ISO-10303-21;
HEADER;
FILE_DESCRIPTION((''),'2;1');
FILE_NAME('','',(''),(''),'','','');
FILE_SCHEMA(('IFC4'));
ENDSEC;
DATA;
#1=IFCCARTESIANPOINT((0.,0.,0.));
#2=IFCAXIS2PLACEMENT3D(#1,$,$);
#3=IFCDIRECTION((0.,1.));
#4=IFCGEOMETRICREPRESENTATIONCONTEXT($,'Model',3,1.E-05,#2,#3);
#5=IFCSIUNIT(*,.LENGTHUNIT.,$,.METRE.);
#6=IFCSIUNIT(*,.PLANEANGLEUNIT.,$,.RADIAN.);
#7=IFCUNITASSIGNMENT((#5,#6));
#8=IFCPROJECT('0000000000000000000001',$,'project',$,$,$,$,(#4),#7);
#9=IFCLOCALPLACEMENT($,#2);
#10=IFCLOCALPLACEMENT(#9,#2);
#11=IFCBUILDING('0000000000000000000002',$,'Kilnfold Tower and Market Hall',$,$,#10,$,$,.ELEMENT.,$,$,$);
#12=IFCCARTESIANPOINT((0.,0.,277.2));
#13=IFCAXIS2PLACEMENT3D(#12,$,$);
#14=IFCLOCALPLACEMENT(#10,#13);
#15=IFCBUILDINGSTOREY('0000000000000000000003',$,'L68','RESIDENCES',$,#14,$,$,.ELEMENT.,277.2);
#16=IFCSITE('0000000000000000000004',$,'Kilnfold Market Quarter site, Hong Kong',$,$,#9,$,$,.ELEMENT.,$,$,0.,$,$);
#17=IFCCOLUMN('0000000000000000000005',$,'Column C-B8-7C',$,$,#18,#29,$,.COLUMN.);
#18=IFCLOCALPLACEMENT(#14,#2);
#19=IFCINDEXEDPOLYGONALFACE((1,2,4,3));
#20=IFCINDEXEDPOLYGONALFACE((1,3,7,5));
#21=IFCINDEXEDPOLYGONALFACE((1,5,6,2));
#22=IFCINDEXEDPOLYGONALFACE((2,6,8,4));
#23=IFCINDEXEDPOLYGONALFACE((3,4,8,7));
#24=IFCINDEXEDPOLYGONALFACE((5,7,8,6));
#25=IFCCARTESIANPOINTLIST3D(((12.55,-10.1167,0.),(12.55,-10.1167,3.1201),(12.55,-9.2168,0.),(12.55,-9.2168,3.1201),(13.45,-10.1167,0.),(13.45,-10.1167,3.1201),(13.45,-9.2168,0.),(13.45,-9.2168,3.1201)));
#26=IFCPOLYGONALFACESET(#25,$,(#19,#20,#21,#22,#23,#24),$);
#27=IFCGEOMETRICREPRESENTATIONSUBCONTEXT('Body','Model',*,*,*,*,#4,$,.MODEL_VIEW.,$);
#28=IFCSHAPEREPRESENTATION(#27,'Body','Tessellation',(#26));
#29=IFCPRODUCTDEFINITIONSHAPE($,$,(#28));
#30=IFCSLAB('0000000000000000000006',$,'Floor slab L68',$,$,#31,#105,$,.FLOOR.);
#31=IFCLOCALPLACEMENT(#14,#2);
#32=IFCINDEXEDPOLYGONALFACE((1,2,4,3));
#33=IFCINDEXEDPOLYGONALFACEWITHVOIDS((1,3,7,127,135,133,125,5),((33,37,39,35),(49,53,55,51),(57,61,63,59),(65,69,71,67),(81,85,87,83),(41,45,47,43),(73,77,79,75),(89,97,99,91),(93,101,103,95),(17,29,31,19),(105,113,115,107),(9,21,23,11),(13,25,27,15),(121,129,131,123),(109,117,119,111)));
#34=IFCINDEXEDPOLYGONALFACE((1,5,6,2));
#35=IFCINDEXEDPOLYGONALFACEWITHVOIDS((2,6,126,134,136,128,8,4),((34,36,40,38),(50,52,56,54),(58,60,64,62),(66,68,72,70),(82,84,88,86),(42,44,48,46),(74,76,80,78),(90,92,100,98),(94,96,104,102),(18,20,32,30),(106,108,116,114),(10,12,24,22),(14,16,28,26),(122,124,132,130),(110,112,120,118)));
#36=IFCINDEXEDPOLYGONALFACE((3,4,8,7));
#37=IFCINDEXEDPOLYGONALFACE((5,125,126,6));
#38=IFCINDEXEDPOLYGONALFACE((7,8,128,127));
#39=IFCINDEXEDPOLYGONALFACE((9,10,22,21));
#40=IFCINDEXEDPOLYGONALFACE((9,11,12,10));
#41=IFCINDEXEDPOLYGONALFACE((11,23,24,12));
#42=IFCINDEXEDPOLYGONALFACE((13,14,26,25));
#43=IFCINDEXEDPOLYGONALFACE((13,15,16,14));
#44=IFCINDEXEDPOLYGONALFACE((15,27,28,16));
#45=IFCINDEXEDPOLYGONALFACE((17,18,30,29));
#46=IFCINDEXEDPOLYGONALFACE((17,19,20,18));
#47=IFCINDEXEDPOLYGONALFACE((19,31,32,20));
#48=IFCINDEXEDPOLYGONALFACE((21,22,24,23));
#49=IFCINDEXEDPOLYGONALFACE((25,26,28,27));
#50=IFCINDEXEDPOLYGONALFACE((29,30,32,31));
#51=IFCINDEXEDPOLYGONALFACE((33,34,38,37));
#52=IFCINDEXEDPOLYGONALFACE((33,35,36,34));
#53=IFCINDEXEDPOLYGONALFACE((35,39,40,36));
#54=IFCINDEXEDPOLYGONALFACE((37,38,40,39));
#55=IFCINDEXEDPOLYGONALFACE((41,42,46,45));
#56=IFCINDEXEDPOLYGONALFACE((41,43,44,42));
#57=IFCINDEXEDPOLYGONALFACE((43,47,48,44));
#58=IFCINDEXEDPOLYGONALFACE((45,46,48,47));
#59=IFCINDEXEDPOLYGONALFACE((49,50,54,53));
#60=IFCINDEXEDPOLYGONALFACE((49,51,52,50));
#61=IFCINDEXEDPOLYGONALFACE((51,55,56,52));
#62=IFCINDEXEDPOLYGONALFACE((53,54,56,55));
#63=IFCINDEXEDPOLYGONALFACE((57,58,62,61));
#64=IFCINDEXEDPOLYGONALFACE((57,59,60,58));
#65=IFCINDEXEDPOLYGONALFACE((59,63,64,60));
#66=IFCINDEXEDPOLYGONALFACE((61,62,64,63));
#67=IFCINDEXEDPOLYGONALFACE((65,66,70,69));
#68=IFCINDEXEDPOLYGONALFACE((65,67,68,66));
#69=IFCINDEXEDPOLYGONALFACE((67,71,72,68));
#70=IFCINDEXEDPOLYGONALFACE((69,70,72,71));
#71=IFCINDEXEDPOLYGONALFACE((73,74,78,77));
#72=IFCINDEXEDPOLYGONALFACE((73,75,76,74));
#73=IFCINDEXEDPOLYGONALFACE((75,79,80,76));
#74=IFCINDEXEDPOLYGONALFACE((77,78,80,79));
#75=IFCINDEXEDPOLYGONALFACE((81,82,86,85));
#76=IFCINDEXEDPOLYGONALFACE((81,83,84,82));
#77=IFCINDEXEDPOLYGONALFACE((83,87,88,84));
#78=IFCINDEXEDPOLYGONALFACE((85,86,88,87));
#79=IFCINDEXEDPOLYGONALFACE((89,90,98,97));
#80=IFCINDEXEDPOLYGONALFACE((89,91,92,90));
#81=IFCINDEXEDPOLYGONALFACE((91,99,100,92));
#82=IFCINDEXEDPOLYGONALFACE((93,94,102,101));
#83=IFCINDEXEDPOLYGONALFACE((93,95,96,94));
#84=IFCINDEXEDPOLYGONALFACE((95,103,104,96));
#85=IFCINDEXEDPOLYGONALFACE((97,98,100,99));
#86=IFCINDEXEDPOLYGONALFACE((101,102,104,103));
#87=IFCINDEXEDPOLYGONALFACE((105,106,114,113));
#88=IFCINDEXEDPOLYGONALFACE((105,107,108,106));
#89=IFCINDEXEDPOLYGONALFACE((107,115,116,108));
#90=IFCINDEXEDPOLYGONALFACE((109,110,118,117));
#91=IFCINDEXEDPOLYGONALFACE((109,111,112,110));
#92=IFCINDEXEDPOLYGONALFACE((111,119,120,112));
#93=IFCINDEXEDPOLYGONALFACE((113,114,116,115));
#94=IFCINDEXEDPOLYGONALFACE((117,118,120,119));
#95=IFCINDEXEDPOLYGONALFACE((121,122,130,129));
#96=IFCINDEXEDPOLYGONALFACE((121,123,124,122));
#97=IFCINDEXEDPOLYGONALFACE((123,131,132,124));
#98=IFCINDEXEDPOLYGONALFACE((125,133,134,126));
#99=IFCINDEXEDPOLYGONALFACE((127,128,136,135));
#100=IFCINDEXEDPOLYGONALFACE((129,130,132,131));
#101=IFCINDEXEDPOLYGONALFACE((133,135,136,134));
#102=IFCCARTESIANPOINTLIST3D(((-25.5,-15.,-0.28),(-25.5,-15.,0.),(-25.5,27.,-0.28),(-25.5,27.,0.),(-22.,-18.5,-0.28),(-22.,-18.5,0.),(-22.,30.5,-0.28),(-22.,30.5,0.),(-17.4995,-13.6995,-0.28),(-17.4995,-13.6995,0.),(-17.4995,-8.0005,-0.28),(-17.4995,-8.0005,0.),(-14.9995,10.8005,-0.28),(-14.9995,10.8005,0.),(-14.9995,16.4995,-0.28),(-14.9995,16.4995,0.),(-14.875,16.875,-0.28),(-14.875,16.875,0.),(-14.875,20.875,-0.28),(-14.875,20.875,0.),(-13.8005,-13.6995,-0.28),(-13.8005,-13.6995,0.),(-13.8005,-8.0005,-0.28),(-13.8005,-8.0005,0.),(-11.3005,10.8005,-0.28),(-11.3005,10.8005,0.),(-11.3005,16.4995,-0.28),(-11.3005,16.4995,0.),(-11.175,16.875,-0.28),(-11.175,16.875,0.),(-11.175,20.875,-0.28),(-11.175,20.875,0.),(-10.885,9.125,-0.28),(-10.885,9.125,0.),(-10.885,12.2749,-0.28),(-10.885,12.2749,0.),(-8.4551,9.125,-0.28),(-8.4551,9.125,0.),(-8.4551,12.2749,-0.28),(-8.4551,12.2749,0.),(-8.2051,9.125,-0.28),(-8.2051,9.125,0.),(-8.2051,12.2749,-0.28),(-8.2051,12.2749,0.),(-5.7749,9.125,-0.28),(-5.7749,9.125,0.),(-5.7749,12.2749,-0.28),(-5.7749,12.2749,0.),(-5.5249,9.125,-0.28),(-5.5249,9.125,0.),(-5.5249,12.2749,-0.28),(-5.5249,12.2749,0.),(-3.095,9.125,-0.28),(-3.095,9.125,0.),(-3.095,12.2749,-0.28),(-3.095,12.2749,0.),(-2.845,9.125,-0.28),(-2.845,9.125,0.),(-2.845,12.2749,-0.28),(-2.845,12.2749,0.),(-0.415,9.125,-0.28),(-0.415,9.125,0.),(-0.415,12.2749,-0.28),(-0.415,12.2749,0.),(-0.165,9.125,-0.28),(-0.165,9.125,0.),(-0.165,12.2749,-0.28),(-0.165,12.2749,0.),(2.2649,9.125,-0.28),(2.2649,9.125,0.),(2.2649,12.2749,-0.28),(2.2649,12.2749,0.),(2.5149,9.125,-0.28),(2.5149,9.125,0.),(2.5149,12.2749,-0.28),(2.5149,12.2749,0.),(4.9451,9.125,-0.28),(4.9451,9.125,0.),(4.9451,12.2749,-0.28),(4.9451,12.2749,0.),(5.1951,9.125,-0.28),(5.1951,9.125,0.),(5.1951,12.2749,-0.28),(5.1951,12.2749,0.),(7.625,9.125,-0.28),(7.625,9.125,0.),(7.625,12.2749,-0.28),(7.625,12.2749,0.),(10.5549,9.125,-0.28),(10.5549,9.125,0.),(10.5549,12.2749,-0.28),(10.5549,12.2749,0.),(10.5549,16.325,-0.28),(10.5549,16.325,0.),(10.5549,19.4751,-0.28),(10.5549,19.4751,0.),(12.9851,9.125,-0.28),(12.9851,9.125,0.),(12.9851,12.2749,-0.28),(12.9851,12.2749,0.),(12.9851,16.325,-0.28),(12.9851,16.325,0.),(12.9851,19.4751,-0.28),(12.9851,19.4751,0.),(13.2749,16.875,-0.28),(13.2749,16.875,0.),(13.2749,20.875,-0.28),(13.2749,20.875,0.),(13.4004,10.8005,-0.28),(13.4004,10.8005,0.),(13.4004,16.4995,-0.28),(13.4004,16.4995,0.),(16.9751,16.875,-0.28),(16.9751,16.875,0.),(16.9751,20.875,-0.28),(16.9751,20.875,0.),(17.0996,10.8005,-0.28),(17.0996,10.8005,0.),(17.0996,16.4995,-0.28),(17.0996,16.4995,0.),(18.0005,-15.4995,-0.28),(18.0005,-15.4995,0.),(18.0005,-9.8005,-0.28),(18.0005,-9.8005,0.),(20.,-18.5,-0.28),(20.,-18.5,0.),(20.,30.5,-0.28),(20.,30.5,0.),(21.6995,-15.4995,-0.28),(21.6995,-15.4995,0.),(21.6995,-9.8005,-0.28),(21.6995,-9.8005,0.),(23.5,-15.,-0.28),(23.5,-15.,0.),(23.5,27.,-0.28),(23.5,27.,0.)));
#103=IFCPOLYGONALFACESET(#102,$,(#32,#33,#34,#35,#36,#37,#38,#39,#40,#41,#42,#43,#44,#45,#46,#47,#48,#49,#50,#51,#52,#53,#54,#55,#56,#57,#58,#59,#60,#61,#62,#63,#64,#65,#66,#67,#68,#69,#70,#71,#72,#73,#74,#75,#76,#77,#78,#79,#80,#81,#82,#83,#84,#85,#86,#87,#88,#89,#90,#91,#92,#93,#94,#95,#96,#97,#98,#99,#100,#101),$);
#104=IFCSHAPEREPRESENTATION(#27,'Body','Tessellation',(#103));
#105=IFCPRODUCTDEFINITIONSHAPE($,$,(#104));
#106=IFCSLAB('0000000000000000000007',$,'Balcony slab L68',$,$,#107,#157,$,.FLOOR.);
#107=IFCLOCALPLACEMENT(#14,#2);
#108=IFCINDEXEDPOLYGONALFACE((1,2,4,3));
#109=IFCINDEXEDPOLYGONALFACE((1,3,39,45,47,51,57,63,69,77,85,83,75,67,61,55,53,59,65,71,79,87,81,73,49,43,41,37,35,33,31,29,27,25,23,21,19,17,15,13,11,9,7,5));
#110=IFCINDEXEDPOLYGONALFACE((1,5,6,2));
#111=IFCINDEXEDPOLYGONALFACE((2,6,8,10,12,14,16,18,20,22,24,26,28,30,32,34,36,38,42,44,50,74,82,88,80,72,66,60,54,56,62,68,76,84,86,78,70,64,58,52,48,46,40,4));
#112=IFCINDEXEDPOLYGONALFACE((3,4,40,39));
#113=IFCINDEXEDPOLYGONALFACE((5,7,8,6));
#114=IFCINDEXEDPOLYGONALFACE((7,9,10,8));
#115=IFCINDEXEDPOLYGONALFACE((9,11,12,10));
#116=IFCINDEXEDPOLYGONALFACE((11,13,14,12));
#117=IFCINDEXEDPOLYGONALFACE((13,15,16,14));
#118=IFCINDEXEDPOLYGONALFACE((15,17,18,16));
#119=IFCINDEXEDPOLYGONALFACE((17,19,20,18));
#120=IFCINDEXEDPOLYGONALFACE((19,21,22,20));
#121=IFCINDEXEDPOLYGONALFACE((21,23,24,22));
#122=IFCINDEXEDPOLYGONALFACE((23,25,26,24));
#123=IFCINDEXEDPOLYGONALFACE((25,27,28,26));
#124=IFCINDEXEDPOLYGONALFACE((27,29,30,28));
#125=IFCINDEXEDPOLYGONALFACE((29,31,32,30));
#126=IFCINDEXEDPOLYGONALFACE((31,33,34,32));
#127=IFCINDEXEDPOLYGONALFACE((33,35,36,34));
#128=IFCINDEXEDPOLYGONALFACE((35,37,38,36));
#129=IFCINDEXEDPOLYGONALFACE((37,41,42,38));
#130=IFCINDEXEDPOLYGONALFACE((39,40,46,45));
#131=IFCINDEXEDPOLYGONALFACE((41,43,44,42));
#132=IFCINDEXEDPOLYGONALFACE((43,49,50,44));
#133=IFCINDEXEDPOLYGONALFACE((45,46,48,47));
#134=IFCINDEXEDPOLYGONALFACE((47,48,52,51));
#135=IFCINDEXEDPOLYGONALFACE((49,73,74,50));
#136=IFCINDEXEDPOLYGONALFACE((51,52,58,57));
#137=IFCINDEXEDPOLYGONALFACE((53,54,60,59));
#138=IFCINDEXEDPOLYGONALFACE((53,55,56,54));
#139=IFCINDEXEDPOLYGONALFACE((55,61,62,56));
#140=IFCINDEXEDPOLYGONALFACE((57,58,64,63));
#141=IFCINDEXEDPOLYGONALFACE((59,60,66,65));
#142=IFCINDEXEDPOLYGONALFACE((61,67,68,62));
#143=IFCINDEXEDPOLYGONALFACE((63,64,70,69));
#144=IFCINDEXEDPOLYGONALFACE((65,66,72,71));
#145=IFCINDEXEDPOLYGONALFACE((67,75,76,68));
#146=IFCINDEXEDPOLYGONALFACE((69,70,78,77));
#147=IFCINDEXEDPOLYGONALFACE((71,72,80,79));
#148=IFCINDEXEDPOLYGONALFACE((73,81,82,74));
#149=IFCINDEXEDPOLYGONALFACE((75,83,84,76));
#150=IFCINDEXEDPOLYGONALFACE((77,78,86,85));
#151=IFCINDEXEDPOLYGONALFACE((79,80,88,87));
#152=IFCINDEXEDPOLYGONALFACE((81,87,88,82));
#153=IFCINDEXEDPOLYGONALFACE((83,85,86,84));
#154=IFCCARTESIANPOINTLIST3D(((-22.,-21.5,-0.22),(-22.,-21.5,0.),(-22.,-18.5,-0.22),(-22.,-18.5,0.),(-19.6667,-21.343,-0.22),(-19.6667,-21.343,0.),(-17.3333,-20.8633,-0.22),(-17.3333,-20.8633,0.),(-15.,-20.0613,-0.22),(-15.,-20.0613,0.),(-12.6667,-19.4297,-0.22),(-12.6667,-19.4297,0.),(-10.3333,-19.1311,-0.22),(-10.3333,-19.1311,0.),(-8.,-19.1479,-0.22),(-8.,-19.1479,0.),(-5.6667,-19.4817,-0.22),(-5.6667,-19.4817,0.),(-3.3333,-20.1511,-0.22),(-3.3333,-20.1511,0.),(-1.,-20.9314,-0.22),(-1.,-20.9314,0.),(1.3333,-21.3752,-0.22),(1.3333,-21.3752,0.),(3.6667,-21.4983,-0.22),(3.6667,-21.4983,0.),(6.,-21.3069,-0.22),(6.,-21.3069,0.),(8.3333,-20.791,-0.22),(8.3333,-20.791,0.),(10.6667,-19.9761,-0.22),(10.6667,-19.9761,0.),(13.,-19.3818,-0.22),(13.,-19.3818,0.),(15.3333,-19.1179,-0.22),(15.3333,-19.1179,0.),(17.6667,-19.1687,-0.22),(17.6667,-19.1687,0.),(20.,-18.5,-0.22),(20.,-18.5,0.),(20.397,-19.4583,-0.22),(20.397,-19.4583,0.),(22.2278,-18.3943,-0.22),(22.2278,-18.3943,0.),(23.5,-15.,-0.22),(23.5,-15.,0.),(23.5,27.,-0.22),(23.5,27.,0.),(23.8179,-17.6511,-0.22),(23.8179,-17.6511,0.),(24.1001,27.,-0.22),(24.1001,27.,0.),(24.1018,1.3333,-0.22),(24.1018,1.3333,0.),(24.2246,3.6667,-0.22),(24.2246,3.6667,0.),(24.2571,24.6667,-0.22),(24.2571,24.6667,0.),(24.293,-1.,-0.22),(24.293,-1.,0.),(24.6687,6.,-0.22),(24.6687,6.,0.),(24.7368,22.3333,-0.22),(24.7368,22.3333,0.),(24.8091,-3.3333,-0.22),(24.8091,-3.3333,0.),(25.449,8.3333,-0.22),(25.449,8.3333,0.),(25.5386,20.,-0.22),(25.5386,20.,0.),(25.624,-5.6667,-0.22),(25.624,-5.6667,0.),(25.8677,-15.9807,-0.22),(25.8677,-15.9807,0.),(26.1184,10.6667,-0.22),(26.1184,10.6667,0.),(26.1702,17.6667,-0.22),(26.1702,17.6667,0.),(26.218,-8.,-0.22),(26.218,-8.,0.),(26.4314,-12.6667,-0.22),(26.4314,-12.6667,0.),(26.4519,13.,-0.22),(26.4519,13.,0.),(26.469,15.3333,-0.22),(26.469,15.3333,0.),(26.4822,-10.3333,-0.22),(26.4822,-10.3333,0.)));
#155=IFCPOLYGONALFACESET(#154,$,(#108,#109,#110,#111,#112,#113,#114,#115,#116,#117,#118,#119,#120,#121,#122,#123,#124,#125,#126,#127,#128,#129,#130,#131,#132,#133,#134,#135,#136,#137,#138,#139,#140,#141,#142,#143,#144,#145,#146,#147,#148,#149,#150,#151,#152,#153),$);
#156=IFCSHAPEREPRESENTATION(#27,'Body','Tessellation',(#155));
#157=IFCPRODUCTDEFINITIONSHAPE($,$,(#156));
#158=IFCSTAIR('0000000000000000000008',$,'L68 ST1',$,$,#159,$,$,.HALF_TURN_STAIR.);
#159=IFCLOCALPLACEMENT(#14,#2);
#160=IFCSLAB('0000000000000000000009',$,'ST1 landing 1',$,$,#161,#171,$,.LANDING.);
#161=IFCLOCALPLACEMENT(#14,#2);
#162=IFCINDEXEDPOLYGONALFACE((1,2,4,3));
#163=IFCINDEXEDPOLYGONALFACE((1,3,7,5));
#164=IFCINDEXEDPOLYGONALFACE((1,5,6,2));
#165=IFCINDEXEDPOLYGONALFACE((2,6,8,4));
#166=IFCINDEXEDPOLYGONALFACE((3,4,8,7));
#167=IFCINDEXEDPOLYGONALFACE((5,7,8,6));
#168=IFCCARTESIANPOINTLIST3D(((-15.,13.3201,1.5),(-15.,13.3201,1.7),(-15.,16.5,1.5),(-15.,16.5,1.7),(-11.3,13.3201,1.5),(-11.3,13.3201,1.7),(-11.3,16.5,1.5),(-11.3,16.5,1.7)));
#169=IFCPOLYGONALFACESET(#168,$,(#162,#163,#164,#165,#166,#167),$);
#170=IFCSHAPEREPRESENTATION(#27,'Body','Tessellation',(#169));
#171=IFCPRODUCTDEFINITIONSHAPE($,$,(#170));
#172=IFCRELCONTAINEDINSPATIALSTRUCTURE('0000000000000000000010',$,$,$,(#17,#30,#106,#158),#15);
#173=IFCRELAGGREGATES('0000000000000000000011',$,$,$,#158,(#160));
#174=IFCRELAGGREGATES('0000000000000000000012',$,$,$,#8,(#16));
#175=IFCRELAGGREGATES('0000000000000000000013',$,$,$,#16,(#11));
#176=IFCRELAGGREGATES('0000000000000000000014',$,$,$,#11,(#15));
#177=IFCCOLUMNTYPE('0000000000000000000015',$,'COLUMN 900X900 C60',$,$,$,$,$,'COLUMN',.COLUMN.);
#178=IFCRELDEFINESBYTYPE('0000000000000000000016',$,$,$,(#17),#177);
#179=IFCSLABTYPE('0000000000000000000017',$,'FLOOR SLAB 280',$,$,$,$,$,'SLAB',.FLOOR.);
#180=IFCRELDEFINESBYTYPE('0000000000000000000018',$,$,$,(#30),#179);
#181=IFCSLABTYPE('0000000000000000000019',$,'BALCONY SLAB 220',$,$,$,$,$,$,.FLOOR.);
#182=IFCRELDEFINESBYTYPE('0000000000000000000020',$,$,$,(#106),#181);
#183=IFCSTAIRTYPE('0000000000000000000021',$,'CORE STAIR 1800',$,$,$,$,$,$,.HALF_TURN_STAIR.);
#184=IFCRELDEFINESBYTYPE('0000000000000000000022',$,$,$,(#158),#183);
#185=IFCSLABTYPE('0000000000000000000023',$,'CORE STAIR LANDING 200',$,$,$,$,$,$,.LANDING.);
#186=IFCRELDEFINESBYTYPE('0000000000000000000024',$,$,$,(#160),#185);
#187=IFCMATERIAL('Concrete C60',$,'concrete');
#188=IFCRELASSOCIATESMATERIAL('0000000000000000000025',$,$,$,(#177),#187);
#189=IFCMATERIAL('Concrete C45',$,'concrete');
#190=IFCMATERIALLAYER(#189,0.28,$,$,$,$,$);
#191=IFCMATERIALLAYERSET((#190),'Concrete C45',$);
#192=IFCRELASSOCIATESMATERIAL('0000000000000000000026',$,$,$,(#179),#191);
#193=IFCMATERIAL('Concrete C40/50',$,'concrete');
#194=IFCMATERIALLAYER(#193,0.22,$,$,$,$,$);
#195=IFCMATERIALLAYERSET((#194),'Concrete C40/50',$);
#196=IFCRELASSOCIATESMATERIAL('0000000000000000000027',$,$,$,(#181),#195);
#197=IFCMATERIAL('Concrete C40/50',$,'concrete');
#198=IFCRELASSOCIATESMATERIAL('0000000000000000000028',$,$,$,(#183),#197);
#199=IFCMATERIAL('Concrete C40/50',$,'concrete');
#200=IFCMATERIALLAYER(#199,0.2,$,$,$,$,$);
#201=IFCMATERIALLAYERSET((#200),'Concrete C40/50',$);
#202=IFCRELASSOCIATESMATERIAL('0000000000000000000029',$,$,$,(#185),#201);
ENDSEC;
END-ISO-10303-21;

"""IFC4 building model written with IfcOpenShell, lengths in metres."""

from ifc_helpers import new_model, si_unit, direction, frame, origin, origin_2d, place, context, subcontext, project, spatial, polyline, rectangle, outline, extrude, source, transform, mapped, material, layer, layer_set, material_profile, profile_set, type_object, element, aggregate, save


model = new_model("IFC4")

# Units and contexts
model_context = context("Model", 3, precision=1e-05, world=origin(), true_north=direction((0.0, 1.0)))
body_context = subcontext(model_context, "Body", "Model", "MODEL_VIEW")
ifc_project = project(units=[si_unit("LENGTHUNIT", "METRE"), si_unit("PLANEANGLEUNIT", "RADIAN")], contexts=[model_context])

# Site, building, storey
site_placement = place(None, origin())
site = spatial("IfcSite", under=ifc_project, at=site_placement, Name="Kilnfold Market Quarter site, Hong Kong", CompositionType="ELEMENT", RefElevation=0.0)
building_placement = place(site_placement, origin())
building = spatial("IfcBuilding", under=site, at=building_placement, Name="Kilnfold Tower and Market Hall", CompositionType="ELEMENT")
storey_placement = place(building_placement, frame((0.0, 0.0, 277.2)))
storey = spatial("IfcBuildingStorey", under=building, at=storey_placement, Name="L68", Description="RESIDENCES", CompositionType="ELEMENT", Elevation=277.2)

# Column
ifc_material_1 = material(Name="Concrete C60", Category="concrete")
ifc_material_profile = material_profile(ifc_material_1, rectangle(XDim=0.8999, YDim=0.8999, at=origin_2d()), Name="RC 900x900")
ifc_profile_set = profile_set([ifc_material_profile], Name="Concrete C60")
column_type = type_object("IfcColumnType", Name="COLUMN 900X900 C60", ElementType="COLUMN", PredefinedType="COLUMN", material=ifc_profile_set)
shared_shape_1 = source(origin(), body_context, "Body", "SweptSolid", [
    extrude(rectangle(XDim=0.8999, YDim=0.8999, at=origin_2d()), origin(), (0.0, 0.0, 1.0), 3.1201),
])
column_placement = place(storey_placement, frame((13.0, -9.6667, 0.0), z_axis=(0.0, 0.0, 1.0), x_axis=(1.0, 0.0, 0.0)))
element("IfcColumn", 1, at=column_placement, inside=storey, type_object=column_type, Name="Column C-B8-7C", PredefinedType="COLUMN", context=body_context, shape_type="MappedRepresentation", body=[
    mapped(shared_shape_1, transform((0.0, 0.0, 0.0))),
])

# Slabs
ifc_material_2 = material(Name="Concrete C45", Category="concrete")
ifc_layer_1 = layer(ifc_material_2, 0.28)
ifc_layer_set_1 = layer_set([ifc_layer_1], Name="Concrete C45")
slab_type_1 = type_object("IfcSlabType", Name="FLOOR SLAB 280", ElementType="SLAB", PredefinedType="FLOOR", material=ifc_layer_set_1)
shared_shape_2 = source(origin(), body_context, "Body", "SweptSolid", [
    extrude(outline(polyline([(-22.0, -18.5), (20.0, -18.5), (23.5, -15.0), (23.5, 27.0), (20.0, 30.5), (-22.0, 30.5), (-25.5, 27.0), (-25.5, -15.0), (-22.0, -18.5)]), holes=[polyline([(-13.8005, -8.0005), (-13.8005, -13.6995), (-17.4995, -13.6995), (-17.4995, -8.0005), (-13.8005, -8.0005)]), polyline([(-11.3005, 10.8005), (-14.9995, 10.8005), (-14.9995, 16.4995), (-11.3005, 16.4995), (-11.3005, 10.8005)]), polyline([(-11.175, 16.875), (-14.875, 16.875), (-14.875, 20.875), (-11.175, 20.875), (-11.175, 16.875)]), polyline([(-8.4551, 9.125), (-10.885, 9.125), (-10.885, 12.2749), (-8.4551, 12.2749), (-8.4551, 9.125)]), polyline([(-5.7749, 9.125), (-8.2051, 9.125), (-8.2051, 12.2749), (-5.7749, 12.2749), (-5.7749, 9.125)]), polyline([(-3.095, 9.125), (-5.5249, 9.125), (-5.5249, 12.2749), (-3.095, 12.2749), (-3.095, 9.125)]), polyline([(-0.415, 9.125), (-2.845, 9.125), (-2.845, 12.2749), (-0.415, 12.2749), (-0.415, 9.125)]), polyline([(2.2649, 9.125), (-0.165, 9.125), (-0.165, 12.2749), (2.2649, 12.2749), (2.2649, 9.125)]), polyline([(4.9451, 9.125), (2.5149, 9.125), (2.5149, 12.2749), (4.9451, 12.2749), (4.9451, 9.125)]), polyline([(7.625, 9.125), (5.1951, 9.125), (5.1951, 12.2749), (7.625, 12.2749), (7.625, 9.125)]), polyline([(12.9851, 9.125), (10.5549, 9.125), (10.5549, 12.2749), (12.9851, 12.2749), (12.9851, 9.125)]), polyline([(12.9851, 16.325), (10.5549, 16.325), (10.5549, 19.4751), (12.9851, 19.4751), (12.9851, 16.325)]), polyline([(16.9751, 16.875), (13.2749, 16.875), (13.2749, 20.875), (16.9751, 20.875), (16.9751, 16.875)]), polyline([(17.0996, 10.8005), (13.4004, 10.8005), (13.4004, 16.4995), (17.0996, 16.4995), (17.0996, 10.8005)]), polyline([(18.0005, -9.8005), (21.6995, -9.8005), (21.6995, -15.4995), (18.0005, -15.4995), (18.0005, -9.8005)])]), origin(), (0.0, 0.0, 1.0), 0.28),
])
slab_1_placement = place(storey_placement, frame((0.0, 0.0, -0.28)))
element("IfcSlab", 2, at=slab_1_placement, inside=storey, type_object=slab_type_1, Name="Floor slab L68", PredefinedType="FLOOR", context=body_context, shape_type="MappedRepresentation", body=[
    mapped(shared_shape_2, transform((0.0, 0.0, 0.0))),
])
ifc_material_3 = material(Name="Concrete C40/50", Category="concrete")
ifc_layer_2 = layer(ifc_material_3, 0.22)
ifc_layer_set_2 = layer_set([ifc_layer_2], Name="Concrete C40/50")
slab_type_2 = type_object("IfcSlabType", Name="BALCONY SLAB 220", PredefinedType="FLOOR", material=ifc_layer_set_2)
shared_shape_3 = source(origin(), body_context, "Body", "SweptSolid", [
    extrude(outline(polyline([(-22.0, -18.5), (20.0, -18.5), (23.5, -15.0), (23.5, 27.0), (24.1001, 27.0), (24.2571, 24.6667), (24.7368, 22.3333), (25.5386, 20.0), (26.1702, 17.6667), (26.469, 15.3333), (26.4519, 13.0), (26.1184, 10.6667), (25.449, 8.3333), (24.6687, 6.0), (24.2246, 3.6667), (24.1018, 1.3333), (24.293, -1.0), (24.8091, -3.3333), (25.624, -5.6667), (26.218, -8.0), (26.4822, -10.3333), (26.4314, -12.6667), (25.8677, -15.9807), (23.8179, -17.6511), (22.2278, -18.3943), (20.397, -19.4583), (17.6667, -19.1687), (15.3333, -19.1179), (13.0, -19.3818), (10.6667, -19.9761), (8.3333, -20.791), (6.0, -21.3069), (3.6667, -21.4983), (1.3333, -21.3752), (-1.0, -20.9314), (-3.3333, -20.1511), (-5.6667, -19.4817), (-8.0, -19.1479), (-10.3333, -19.1311), (-12.6667, -19.4297), (-15.0, -20.0613), (-17.3333, -20.8633), (-19.6667, -21.343), (-22.0, -21.5), (-22.0, -18.5)])), origin(), (0.0, 0.0, 1.0), 0.22),
])
slab_2_placement = place(storey_placement, frame((0.0, 0.0, -0.22)))
element("IfcSlab", 3, at=slab_2_placement, inside=storey, type_object=slab_type_2, Name="Balcony slab L68", PredefinedType="FLOOR", context=body_context, shape_type="MappedRepresentation", body=[
    mapped(shared_shape_3, transform((0.0, 0.0, 0.0))),
])

# Stair, slab
ifc_material_4 = material(Name="Concrete C40/50", Category="concrete")
stair_type = type_object("IfcStairType", Name="CORE STAIR 1800", PredefinedType="HALF_TURN_STAIR", material=ifc_material_4)
stair_1_placement = place(storey_placement, origin())
stair_1 = element("IfcStair", 4, at=stair_1_placement, inside=storey, type_object=stair_type, Name="L68 ST1", PredefinedType="HALF_TURN_STAIR")
ifc_material_5 = material(Name="Concrete C40/50", Category="concrete")
ifc_layer_3 = layer(ifc_material_5, 0.2)
ifc_layer_set_3 = layer_set([ifc_layer_3], Name="Concrete C40/50")
slab_type_3 = type_object("IfcSlabType", Name="CORE STAIR LANDING 200", PredefinedType="LANDING", material=ifc_layer_set_3)
shared_shape_4 = source(origin(), body_context, "Body", "SweptSolid", [
    extrude(outline(polyline([(-11.3, 13.3201), (-11.3, 16.5), (-15.0, 16.5), (-15.0, 13.3201), (-11.3, 13.3201)])), origin(), (0.0, 0.0, 1.0), 0.2),
])
slab_3_placement = place(storey_placement, frame((0.0, 0.0, 1.5)))
slab_3 = element("IfcSlab", 5, at=slab_3_placement, type_object=slab_type_3, Name="ST1 landing 1", PredefinedType="LANDING", context=body_context, shape_type="MappedRepresentation", body=[
    mapped(shared_shape_4, transform((0.0, 0.0, 0.0))),
])
aggregate(stair_1, [slab_3])

save(model, "model.ifc")
